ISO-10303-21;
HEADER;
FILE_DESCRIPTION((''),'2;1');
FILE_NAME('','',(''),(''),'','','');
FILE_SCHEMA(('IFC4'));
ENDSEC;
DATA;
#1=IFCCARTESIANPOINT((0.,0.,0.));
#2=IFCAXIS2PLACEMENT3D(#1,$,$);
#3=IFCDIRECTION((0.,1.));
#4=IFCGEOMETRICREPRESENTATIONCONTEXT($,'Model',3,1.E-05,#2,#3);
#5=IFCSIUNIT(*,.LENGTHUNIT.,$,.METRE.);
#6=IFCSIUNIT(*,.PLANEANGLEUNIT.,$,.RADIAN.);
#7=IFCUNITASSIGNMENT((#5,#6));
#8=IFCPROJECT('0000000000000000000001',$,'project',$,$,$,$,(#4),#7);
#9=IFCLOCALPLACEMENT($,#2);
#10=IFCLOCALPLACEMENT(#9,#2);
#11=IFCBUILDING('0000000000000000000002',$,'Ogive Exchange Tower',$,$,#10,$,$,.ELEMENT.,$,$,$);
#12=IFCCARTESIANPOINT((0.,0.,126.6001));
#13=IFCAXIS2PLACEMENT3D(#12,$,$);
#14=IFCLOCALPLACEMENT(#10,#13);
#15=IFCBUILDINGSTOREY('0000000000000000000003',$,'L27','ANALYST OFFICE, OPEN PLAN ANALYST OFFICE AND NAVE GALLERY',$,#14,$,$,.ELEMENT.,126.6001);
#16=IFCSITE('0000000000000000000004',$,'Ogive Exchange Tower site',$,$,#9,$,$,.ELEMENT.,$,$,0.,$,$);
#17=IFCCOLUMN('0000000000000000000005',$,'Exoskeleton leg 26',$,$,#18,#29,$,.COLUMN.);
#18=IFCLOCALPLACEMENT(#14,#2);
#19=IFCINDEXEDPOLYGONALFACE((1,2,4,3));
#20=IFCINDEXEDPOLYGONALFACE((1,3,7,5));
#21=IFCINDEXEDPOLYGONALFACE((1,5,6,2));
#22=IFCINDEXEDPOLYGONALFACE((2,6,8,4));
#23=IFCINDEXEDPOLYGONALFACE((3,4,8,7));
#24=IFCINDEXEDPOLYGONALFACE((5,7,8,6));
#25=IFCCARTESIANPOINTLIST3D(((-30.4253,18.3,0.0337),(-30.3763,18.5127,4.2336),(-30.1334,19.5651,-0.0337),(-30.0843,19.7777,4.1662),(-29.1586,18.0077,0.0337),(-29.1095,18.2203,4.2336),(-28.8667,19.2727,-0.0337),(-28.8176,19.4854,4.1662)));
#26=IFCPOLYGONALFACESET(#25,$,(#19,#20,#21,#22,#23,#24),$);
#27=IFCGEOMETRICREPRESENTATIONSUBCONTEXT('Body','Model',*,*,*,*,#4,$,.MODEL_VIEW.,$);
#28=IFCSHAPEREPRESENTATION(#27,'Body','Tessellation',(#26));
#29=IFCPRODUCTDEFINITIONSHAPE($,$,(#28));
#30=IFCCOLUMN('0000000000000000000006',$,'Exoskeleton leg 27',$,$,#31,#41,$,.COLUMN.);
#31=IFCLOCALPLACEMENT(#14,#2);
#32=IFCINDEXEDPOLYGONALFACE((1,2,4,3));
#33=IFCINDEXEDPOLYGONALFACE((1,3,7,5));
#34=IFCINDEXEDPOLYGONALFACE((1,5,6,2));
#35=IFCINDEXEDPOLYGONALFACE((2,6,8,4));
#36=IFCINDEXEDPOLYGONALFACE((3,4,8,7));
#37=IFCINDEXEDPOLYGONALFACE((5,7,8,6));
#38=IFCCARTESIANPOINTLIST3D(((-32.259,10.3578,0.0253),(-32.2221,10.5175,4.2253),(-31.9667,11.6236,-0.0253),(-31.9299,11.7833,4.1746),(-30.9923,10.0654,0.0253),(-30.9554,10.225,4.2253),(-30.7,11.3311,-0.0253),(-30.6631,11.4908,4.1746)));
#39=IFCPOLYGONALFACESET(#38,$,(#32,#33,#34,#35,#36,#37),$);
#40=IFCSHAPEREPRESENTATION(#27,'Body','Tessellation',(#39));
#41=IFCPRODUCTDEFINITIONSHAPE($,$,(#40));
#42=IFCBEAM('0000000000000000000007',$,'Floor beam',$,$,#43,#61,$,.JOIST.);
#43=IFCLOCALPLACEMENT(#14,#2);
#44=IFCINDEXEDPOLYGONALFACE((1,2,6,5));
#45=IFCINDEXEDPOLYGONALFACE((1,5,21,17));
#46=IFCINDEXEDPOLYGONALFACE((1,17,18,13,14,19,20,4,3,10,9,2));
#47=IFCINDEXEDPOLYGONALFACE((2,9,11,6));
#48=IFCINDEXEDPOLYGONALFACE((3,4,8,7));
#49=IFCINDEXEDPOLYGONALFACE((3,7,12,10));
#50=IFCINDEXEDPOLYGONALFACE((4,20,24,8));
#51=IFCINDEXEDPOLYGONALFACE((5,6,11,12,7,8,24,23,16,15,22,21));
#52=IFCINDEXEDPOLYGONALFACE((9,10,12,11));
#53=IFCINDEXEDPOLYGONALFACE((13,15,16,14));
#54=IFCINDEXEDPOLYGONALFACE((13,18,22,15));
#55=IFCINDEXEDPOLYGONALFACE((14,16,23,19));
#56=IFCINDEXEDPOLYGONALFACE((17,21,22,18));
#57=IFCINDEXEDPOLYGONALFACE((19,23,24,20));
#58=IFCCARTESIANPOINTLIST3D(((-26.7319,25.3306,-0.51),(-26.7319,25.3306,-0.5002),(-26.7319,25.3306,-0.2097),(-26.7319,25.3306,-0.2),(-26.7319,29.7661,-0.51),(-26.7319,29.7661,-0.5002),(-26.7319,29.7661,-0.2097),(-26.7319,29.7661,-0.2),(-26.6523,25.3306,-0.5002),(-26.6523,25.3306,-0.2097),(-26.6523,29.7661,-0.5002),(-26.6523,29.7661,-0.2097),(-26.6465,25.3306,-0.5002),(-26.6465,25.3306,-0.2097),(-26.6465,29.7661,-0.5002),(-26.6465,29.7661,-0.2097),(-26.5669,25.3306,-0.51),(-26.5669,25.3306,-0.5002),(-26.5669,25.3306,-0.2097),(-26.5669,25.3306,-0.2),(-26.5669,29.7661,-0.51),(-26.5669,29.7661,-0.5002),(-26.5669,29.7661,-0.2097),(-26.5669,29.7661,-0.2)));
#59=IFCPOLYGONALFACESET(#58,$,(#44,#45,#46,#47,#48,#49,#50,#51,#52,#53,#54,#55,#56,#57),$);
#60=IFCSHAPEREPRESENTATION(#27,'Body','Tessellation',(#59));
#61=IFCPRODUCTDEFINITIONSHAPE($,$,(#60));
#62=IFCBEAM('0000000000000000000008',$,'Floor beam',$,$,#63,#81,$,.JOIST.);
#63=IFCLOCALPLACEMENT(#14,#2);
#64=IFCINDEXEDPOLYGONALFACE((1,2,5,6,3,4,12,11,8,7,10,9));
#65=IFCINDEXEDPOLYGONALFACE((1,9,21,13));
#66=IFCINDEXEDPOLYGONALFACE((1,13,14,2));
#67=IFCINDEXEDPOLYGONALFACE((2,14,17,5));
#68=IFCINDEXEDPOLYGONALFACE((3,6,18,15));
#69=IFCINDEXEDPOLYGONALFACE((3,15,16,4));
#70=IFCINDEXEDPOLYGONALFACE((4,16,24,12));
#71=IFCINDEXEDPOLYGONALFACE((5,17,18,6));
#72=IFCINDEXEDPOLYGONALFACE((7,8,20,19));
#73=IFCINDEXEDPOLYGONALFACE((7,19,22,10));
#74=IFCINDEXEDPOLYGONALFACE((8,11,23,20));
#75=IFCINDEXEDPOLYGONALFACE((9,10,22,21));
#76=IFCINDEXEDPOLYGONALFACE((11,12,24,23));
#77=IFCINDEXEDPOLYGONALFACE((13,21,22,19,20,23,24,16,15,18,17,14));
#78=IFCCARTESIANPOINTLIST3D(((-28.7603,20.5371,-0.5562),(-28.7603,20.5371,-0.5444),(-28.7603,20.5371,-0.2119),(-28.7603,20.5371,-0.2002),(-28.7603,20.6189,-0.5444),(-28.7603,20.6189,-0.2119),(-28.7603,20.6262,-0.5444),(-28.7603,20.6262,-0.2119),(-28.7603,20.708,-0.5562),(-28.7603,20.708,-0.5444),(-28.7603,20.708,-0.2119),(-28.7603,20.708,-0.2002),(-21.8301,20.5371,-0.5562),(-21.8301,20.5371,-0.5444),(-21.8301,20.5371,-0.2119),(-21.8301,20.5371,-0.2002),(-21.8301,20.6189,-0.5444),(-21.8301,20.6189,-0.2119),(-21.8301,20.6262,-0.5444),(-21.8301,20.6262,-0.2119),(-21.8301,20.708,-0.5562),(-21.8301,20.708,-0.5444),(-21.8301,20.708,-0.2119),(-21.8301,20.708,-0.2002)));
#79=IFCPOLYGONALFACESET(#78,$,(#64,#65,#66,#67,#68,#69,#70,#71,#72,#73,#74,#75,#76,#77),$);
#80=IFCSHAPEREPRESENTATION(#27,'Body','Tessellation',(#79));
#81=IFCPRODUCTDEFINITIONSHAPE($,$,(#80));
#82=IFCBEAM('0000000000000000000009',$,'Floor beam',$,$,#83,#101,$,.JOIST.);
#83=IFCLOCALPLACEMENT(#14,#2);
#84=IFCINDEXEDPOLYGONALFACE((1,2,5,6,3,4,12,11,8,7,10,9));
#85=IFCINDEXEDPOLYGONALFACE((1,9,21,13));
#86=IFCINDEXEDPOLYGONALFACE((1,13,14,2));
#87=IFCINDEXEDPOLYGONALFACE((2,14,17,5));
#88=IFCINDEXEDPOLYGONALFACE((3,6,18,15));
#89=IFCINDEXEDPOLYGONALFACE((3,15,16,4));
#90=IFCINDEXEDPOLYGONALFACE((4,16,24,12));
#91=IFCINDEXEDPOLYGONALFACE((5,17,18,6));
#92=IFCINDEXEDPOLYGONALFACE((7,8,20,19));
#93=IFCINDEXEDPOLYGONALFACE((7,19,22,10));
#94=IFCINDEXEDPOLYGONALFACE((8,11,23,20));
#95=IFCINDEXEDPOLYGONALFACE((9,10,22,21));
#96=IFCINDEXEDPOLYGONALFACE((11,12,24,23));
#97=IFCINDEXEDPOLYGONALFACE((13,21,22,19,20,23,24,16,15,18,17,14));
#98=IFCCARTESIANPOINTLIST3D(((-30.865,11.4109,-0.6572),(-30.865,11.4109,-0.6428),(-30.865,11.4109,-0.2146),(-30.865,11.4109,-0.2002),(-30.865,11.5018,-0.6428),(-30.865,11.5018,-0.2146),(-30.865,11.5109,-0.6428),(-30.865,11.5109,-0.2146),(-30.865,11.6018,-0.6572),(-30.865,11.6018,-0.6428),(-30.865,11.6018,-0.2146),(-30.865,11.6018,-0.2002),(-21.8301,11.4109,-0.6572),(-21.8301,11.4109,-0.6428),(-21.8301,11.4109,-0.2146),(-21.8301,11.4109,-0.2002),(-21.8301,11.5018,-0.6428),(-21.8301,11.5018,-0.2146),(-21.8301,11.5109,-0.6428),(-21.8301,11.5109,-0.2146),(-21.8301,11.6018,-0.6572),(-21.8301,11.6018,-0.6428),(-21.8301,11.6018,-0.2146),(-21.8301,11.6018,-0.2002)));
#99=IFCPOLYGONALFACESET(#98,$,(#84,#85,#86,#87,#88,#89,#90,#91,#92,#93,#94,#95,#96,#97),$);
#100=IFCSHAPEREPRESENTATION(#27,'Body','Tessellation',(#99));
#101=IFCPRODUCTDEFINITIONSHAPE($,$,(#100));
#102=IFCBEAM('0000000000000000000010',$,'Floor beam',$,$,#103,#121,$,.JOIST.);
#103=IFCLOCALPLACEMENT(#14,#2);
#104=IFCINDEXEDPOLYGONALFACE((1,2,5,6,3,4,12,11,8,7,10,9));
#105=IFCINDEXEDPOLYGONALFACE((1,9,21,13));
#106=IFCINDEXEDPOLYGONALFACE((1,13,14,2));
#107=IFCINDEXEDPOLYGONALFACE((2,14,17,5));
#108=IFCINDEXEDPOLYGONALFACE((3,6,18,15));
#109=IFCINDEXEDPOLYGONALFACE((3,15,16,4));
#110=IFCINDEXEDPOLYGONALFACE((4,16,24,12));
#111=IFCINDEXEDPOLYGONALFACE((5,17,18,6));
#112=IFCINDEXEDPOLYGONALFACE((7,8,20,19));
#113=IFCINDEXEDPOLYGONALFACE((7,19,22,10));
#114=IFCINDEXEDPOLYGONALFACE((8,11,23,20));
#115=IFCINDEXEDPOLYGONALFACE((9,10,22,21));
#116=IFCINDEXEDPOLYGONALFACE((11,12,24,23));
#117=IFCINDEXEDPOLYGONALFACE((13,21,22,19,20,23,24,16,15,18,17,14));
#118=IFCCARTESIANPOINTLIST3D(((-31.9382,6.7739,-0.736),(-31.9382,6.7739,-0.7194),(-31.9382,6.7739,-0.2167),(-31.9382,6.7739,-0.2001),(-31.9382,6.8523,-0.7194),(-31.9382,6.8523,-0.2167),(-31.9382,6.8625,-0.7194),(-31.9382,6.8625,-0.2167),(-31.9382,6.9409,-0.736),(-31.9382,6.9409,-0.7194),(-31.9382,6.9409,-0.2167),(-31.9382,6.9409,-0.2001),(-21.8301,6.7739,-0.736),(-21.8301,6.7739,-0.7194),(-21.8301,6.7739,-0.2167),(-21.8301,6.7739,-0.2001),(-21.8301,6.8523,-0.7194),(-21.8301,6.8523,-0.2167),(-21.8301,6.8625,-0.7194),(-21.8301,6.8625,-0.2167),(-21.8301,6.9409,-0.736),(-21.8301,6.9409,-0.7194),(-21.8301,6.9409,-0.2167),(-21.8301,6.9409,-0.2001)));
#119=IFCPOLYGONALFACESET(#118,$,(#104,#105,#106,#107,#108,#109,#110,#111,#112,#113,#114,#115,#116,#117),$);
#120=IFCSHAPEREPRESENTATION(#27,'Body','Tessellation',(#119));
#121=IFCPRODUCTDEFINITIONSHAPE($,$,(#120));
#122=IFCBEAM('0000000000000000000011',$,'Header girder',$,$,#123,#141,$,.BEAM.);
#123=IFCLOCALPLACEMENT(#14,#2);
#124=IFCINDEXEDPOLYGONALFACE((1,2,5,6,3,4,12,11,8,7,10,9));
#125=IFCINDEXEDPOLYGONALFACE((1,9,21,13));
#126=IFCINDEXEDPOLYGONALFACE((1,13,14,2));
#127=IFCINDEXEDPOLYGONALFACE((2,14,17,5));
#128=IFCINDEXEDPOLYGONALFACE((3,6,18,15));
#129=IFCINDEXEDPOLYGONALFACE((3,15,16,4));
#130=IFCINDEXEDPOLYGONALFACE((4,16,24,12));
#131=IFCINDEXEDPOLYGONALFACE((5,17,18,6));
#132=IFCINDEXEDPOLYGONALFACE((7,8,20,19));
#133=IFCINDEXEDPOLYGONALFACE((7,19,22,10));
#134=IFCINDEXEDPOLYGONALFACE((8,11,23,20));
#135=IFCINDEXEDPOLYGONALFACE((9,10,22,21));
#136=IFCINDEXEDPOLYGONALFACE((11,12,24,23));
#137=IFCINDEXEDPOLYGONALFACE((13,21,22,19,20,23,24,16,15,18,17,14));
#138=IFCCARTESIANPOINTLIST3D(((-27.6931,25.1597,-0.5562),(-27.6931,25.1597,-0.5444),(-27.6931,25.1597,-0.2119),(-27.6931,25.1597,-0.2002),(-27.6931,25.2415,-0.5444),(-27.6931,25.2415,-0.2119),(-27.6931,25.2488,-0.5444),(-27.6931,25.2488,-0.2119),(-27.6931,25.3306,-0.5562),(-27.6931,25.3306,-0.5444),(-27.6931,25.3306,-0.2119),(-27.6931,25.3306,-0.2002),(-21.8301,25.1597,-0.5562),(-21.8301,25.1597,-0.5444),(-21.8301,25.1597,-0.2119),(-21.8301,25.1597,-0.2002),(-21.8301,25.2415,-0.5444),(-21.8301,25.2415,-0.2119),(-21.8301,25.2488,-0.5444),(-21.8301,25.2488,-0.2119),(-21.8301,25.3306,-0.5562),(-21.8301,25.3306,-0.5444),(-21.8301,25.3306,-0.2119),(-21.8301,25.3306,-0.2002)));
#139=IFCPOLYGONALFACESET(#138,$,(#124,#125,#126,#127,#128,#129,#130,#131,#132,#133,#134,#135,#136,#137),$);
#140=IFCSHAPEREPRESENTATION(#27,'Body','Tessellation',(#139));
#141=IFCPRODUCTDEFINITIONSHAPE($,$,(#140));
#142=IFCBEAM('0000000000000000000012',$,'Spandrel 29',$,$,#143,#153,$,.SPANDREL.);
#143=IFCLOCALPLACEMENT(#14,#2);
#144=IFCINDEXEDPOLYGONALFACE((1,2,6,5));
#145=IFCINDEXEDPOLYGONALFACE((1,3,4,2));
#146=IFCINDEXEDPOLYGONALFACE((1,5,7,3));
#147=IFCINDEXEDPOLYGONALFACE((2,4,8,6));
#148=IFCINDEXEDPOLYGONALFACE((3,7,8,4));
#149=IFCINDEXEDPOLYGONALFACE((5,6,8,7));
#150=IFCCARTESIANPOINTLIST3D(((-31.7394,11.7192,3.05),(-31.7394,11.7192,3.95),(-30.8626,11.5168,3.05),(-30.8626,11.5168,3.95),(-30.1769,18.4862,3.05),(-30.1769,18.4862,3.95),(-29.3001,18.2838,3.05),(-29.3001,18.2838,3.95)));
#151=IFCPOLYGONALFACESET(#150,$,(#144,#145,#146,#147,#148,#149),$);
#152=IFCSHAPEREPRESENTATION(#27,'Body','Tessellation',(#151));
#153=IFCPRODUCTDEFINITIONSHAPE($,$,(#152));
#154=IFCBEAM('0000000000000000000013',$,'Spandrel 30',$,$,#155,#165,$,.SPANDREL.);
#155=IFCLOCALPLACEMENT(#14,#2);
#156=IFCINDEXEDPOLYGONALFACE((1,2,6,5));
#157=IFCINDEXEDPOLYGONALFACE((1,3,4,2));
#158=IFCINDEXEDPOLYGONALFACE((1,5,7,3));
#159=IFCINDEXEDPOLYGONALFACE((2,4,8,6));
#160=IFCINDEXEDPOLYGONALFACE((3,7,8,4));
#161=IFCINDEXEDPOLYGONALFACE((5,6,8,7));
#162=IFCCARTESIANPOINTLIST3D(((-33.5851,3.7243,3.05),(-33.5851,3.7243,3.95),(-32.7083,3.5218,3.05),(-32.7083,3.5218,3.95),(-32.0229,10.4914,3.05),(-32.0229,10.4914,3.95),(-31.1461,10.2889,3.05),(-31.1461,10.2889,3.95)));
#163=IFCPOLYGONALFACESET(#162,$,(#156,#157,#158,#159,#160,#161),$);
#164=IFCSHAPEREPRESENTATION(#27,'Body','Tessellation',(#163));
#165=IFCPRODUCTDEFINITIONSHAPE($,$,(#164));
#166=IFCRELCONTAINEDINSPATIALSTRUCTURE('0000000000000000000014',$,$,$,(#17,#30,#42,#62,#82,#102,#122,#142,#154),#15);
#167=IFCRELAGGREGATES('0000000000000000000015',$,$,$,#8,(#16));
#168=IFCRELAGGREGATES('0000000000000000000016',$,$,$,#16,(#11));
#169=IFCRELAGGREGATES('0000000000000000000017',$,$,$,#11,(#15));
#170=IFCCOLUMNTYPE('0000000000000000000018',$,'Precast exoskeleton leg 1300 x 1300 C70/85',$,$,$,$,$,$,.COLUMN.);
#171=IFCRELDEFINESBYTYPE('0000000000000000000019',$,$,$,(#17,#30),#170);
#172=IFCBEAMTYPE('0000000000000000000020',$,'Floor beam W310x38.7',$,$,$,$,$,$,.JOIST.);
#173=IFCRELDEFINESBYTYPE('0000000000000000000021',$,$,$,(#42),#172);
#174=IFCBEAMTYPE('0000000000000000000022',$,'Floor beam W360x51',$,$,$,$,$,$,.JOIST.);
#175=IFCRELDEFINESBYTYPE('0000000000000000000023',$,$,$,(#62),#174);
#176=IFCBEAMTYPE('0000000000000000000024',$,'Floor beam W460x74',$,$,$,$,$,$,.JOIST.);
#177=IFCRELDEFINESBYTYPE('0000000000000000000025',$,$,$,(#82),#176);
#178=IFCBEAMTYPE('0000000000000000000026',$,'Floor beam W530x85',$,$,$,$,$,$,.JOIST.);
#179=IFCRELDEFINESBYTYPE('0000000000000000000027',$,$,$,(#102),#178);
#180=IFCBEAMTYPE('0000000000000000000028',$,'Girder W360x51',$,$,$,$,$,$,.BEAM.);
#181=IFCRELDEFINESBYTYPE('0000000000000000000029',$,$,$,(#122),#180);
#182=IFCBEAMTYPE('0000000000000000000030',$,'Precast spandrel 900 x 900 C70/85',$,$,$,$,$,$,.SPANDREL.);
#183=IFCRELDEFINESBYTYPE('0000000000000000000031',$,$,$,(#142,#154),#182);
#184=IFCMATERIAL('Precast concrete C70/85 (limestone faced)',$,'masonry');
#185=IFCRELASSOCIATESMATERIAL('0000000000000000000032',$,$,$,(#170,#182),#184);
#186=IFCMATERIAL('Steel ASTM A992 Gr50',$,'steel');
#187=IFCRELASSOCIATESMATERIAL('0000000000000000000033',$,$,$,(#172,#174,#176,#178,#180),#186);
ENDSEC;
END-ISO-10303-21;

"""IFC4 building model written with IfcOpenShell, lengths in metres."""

from ifc_helpers import new_model, si_unit, direction, frame, origin, origin_2d, place, context, subcontext, project, spatial, rectangle, i_section, extrude, material, material_profile, profile_set, type_object, element, save


model = new_model("IFC4")

# Units and contexts
model_context = context("Model", 3, precision=1e-05, world=origin(), true_north=direction((0.0, 1.0)))
body_context = subcontext(model_context, "Body", "Model", "MODEL_VIEW")
ifc_project = project(units=[si_unit("LENGTHUNIT", "METRE"), si_unit("PLANEANGLEUNIT", "RADIAN")], contexts=[model_context])

# Site, building, storey
site_placement = place(None, origin())
site = spatial("IfcSite", under=ifc_project, at=site_placement, Name="Ogive Exchange Tower site", CompositionType="ELEMENT", RefElevation=0.0)
building_placement = place(site_placement, origin())
building = spatial("IfcBuilding", under=site, at=building_placement, Name="Ogive Exchange Tower", CompositionType="ELEMENT")
storey_placement = place(building_placement, frame((0.0, 0.0, 126.6001)))
storey = spatial("IfcBuildingStorey", under=building, at=storey_placement, Name="L27", Description="ANALYST OFFICE, OPEN PLAN ANALYST OFFICE AND NAVE GALLERY", CompositionType="ELEMENT", Elevation=126.6001)

# Columns
ifc_material_1 = material(Name="Precast concrete C70/85 (limestone faced)", Category="masonry")
ifc_material_profile_1 = material_profile(ifc_material_1, rectangle(XDim=1.3, YDim=1.3, at=origin_2d()), Name="1300 x 1300")
ifc_profile_set_1 = profile_set([ifc_material_profile_1], Name="Precast concrete C70/85 (limestone faced)")
column_type = type_object("IfcColumnType", Name="Precast exoskeleton leg 1300 x 1300 C70/85", PredefinedType="COLUMN", material=ifc_profile_set_1)
column_1_placement = place(storey_placement, frame((-29.646, 18.7864, 0.0), z_axis=(0.011668, 0.050562, 0.998653), x_axis=(-0.974391, 0.22486, 0.0)))
element("IfcColumn", 1, at=column_1_placement, inside=storey, type_object=column_type, Name="Exoskeleton leg 26", PredefinedType="COLUMN", context=body_context, shape_type="SweptSolid", body=[
    extrude(rectangle(XDim=1.3, YDim=1.3, at=origin_2d()), origin(), (0.0, 0.0, 1.0), 4.2056),
])
column_2_placement = place(storey_placement, frame((-31.4795, 10.8445, 0.0), z_axis=(0.008771, 0.037988, 0.99924), x_axis=(-0.974366, 0.224968, 0.0)))
element("IfcColumn", 2, at=column_2_placement, inside=storey, type_object=column_type, Name="Exoskeleton leg 27", PredefinedType="COLUMN", context=body_context, shape_type="SweptSolid", body=[
    extrude(rectangle(XDim=1.3, YDim=1.3, at=origin_2d()), origin(), (0.0, 0.0, 1.0), 4.2031),
])

# Beams
ifc_material_2 = material(Name="Steel ASTM A992 Gr50", Category="steel")
ifc_material_profile_2 = material_profile(ifc_material_2, i_section(OverallWidth=0.165, OverallDepth=0.3101, WebThickness=0.0059, FlangeThickness=0.0098, at=origin_2d()), Name="W310x38.7")
ifc_profile_set_2 = profile_set([ifc_material_profile_2], Name="Steel ASTM A992 Gr50")
beam_type_1 = type_object("IfcBeamType", Name="Floor beam W310x38.7", PredefinedType="JOIST", material=ifc_profile_set_2)
beam_1_placement = place(storey_placement, frame((-26.6494, 25.3306, -0.355), z_axis=(0.0, 1.0, 0.0), x_axis=(-1.0, 0.0, 0.0)))
element("IfcBeam", 3, at=beam_1_placement, inside=storey, type_object=beam_type_1, Name="Floor beam", PredefinedType="JOIST", context=body_context, shape_type="SweptSolid", body=[
    extrude(i_section(OverallWidth=0.165, OverallDepth=0.3101, WebThickness=0.0059, FlangeThickness=0.0098, at=origin_2d()), origin(), (0.0, 0.0, 1.0), 4.4355),
])
ifc_material_profile_3 = material_profile(ifc_material_2, i_section(OverallWidth=0.1709, OverallDepth=0.356, WebThickness=0.0073, FlangeThickness=0.0117, at=origin_2d()), Name="W360x51")
ifc_profile_set_3 = profile_set([ifc_material_profile_3], Name="Steel ASTM A992 Gr50")
beam_type_2 = type_object("IfcBeamType", Name="Floor beam W360x51", PredefinedType="JOIST", material=ifc_profile_set_3)
beam_2_placement = place(storey_placement, frame((-28.7603, 20.6226, -0.3782), z_axis=(1.0, 0.0, 0.0), x_axis=(0.0, 1.0, 0.0)))
element("IfcBeam", 4, at=beam_2_placement, inside=storey, type_object=beam_type_2, Name="Floor beam", PredefinedType="JOIST", context=body_context, shape_type="SweptSolid", body=[
    extrude(i_section(OverallWidth=0.1709, OverallDepth=0.356, WebThickness=0.0073, FlangeThickness=0.0117, at=origin_2d()), origin(), (0.0, 0.0, 1.0), 6.9302),
])
ifc_material_profile_4 = material_profile(ifc_material_2, i_section(OverallWidth=0.1909, OverallDepth=0.457, WebThickness=0.009, FlangeThickness=0.0144, at=origin_2d()), Name="W460x74")
ifc_profile_set_4 = profile_set([ifc_material_profile_4], Name="Steel ASTM A992 Gr50")
beam_type_3 = type_object("IfcBeamType", Name="Floor beam W460x74", PredefinedType="JOIST", material=ifc_profile_set_4)
beam_3_placement = place(storey_placement, frame((-30.865, 11.5063, -0.4287), z_axis=(1.0, 0.0, 0.0), x_axis=(0.0, 1.0, 0.0)))
element("IfcBeam", 5, at=beam_3_placement, inside=storey, type_object=beam_type_3, Name="Floor beam", PredefinedType="JOIST", context=body_context, shape_type="SweptSolid", body=[
    extrude(i_section(OverallWidth=0.1909, OverallDepth=0.457, WebThickness=0.009, FlangeThickness=0.0144, at=origin_2d()), origin(), (0.0, 0.0, 1.0), 9.0349),
])
ifc_material_profile_5 = material_profile(ifc_material_2, i_section(OverallWidth=0.167, OverallDepth=0.5359, WebThickness=0.0103, FlangeThickness=0.0166, at=origin_2d()), Name="W530x85")
ifc_profile_set_5 = profile_set([ifc_material_profile_5], Name="Steel ASTM A992 Gr50")
beam_type_4 = type_object("IfcBeamType", Name="Floor beam W530x85", PredefinedType="JOIST", material=ifc_profile_set_5)
beam_4_placement = place(storey_placement, frame((-31.9382, 6.8574, -0.468), z_axis=(1.0, 0.0, 0.0), x_axis=(0.0, 1.0, 0.0)))
element("IfcBeam", 6, at=beam_4_placement, inside=storey, type_object=beam_type_4, Name="Floor beam", PredefinedType="JOIST", context=body_context, shape_type="SweptSolid", body=[
    extrude(i_section(OverallWidth=0.167, OverallDepth=0.5359, WebThickness=0.0103, FlangeThickness=0.0166, at=origin_2d()), origin(), (0.0, 0.0, 1.0), 10.1082),
])
ifc_material_profile_6 = material_profile(ifc_material_2, i_section(OverallWidth=0.1709, OverallDepth=0.356, WebThickness=0.0073, FlangeThickness=0.0117, at=origin_2d()), Name="W360x51")
ifc_profile_set_6 = profile_set([ifc_material_profile_6], Name="Steel ASTM A992 Gr50")
beam_type_5 = type_object("IfcBeamType", Name="Girder W360x51", PredefinedType="BEAM", material=ifc_profile_set_6)
beam_5_placement = place(storey_placement, frame((-27.6931, 25.2451, -0.3782), z_axis=(1.0, 0.0, 0.0), x_axis=(0.0, 1.0, 0.0)))
element("IfcBeam", 7, at=beam_5_placement, inside=storey, type_object=beam_type_5, Name="Header girder", PredefinedType="BEAM", context=body_context, shape_type="SweptSolid", body=[
    extrude(i_section(OverallWidth=0.1709, OverallDepth=0.356, WebThickness=0.0073, FlangeThickness=0.0117, at=origin_2d()), origin(), (0.0, 0.0, 1.0), 5.863),
])
ifc_material_profile_7 = material_profile(ifc_material_1, rectangle(XDim=0.8999, YDim=0.8999, at=origin_2d()), Name="900 x 900")
ifc_profile_set_7 = profile_set([ifc_material_profile_7], Name="Precast concrete C70/85 (limestone faced)")
beam_type_6 = type_object("IfcBeamType", Name="Precast spandrel 900 x 900 C70/85", PredefinedType="SPANDREL", material=ifc_profile_set_7)
for number, where, z_axis, x_axis, name in (
    (8, (-29.7385, 18.385, 3.5), (-0.224978, -0.974364, 0.0), (0.974364, -0.224978, 0.0), "Spandrel 29"),
    (9, (-31.5845, 10.3901, 3.5), (-0.224944, -0.974372, 0.0), (0.974372, -0.224944, 0.0), "Spandrel 30"),
):
    element("IfcBeam", number, at=place(storey_placement, frame(where, z_axis=z_axis, x_axis=x_axis)), inside=storey, type_object=beam_type_6, Name=name, PredefinedType="SPANDREL", context=body_context, shape_type="SweptSolid", body=[
        extrude(rectangle(XDim=0.8999, YDim=0.8999, at=origin_2d()), origin(), (0.0, 0.0, 1.0), 6.9451),
    ])

save(model, "model.ifc")
